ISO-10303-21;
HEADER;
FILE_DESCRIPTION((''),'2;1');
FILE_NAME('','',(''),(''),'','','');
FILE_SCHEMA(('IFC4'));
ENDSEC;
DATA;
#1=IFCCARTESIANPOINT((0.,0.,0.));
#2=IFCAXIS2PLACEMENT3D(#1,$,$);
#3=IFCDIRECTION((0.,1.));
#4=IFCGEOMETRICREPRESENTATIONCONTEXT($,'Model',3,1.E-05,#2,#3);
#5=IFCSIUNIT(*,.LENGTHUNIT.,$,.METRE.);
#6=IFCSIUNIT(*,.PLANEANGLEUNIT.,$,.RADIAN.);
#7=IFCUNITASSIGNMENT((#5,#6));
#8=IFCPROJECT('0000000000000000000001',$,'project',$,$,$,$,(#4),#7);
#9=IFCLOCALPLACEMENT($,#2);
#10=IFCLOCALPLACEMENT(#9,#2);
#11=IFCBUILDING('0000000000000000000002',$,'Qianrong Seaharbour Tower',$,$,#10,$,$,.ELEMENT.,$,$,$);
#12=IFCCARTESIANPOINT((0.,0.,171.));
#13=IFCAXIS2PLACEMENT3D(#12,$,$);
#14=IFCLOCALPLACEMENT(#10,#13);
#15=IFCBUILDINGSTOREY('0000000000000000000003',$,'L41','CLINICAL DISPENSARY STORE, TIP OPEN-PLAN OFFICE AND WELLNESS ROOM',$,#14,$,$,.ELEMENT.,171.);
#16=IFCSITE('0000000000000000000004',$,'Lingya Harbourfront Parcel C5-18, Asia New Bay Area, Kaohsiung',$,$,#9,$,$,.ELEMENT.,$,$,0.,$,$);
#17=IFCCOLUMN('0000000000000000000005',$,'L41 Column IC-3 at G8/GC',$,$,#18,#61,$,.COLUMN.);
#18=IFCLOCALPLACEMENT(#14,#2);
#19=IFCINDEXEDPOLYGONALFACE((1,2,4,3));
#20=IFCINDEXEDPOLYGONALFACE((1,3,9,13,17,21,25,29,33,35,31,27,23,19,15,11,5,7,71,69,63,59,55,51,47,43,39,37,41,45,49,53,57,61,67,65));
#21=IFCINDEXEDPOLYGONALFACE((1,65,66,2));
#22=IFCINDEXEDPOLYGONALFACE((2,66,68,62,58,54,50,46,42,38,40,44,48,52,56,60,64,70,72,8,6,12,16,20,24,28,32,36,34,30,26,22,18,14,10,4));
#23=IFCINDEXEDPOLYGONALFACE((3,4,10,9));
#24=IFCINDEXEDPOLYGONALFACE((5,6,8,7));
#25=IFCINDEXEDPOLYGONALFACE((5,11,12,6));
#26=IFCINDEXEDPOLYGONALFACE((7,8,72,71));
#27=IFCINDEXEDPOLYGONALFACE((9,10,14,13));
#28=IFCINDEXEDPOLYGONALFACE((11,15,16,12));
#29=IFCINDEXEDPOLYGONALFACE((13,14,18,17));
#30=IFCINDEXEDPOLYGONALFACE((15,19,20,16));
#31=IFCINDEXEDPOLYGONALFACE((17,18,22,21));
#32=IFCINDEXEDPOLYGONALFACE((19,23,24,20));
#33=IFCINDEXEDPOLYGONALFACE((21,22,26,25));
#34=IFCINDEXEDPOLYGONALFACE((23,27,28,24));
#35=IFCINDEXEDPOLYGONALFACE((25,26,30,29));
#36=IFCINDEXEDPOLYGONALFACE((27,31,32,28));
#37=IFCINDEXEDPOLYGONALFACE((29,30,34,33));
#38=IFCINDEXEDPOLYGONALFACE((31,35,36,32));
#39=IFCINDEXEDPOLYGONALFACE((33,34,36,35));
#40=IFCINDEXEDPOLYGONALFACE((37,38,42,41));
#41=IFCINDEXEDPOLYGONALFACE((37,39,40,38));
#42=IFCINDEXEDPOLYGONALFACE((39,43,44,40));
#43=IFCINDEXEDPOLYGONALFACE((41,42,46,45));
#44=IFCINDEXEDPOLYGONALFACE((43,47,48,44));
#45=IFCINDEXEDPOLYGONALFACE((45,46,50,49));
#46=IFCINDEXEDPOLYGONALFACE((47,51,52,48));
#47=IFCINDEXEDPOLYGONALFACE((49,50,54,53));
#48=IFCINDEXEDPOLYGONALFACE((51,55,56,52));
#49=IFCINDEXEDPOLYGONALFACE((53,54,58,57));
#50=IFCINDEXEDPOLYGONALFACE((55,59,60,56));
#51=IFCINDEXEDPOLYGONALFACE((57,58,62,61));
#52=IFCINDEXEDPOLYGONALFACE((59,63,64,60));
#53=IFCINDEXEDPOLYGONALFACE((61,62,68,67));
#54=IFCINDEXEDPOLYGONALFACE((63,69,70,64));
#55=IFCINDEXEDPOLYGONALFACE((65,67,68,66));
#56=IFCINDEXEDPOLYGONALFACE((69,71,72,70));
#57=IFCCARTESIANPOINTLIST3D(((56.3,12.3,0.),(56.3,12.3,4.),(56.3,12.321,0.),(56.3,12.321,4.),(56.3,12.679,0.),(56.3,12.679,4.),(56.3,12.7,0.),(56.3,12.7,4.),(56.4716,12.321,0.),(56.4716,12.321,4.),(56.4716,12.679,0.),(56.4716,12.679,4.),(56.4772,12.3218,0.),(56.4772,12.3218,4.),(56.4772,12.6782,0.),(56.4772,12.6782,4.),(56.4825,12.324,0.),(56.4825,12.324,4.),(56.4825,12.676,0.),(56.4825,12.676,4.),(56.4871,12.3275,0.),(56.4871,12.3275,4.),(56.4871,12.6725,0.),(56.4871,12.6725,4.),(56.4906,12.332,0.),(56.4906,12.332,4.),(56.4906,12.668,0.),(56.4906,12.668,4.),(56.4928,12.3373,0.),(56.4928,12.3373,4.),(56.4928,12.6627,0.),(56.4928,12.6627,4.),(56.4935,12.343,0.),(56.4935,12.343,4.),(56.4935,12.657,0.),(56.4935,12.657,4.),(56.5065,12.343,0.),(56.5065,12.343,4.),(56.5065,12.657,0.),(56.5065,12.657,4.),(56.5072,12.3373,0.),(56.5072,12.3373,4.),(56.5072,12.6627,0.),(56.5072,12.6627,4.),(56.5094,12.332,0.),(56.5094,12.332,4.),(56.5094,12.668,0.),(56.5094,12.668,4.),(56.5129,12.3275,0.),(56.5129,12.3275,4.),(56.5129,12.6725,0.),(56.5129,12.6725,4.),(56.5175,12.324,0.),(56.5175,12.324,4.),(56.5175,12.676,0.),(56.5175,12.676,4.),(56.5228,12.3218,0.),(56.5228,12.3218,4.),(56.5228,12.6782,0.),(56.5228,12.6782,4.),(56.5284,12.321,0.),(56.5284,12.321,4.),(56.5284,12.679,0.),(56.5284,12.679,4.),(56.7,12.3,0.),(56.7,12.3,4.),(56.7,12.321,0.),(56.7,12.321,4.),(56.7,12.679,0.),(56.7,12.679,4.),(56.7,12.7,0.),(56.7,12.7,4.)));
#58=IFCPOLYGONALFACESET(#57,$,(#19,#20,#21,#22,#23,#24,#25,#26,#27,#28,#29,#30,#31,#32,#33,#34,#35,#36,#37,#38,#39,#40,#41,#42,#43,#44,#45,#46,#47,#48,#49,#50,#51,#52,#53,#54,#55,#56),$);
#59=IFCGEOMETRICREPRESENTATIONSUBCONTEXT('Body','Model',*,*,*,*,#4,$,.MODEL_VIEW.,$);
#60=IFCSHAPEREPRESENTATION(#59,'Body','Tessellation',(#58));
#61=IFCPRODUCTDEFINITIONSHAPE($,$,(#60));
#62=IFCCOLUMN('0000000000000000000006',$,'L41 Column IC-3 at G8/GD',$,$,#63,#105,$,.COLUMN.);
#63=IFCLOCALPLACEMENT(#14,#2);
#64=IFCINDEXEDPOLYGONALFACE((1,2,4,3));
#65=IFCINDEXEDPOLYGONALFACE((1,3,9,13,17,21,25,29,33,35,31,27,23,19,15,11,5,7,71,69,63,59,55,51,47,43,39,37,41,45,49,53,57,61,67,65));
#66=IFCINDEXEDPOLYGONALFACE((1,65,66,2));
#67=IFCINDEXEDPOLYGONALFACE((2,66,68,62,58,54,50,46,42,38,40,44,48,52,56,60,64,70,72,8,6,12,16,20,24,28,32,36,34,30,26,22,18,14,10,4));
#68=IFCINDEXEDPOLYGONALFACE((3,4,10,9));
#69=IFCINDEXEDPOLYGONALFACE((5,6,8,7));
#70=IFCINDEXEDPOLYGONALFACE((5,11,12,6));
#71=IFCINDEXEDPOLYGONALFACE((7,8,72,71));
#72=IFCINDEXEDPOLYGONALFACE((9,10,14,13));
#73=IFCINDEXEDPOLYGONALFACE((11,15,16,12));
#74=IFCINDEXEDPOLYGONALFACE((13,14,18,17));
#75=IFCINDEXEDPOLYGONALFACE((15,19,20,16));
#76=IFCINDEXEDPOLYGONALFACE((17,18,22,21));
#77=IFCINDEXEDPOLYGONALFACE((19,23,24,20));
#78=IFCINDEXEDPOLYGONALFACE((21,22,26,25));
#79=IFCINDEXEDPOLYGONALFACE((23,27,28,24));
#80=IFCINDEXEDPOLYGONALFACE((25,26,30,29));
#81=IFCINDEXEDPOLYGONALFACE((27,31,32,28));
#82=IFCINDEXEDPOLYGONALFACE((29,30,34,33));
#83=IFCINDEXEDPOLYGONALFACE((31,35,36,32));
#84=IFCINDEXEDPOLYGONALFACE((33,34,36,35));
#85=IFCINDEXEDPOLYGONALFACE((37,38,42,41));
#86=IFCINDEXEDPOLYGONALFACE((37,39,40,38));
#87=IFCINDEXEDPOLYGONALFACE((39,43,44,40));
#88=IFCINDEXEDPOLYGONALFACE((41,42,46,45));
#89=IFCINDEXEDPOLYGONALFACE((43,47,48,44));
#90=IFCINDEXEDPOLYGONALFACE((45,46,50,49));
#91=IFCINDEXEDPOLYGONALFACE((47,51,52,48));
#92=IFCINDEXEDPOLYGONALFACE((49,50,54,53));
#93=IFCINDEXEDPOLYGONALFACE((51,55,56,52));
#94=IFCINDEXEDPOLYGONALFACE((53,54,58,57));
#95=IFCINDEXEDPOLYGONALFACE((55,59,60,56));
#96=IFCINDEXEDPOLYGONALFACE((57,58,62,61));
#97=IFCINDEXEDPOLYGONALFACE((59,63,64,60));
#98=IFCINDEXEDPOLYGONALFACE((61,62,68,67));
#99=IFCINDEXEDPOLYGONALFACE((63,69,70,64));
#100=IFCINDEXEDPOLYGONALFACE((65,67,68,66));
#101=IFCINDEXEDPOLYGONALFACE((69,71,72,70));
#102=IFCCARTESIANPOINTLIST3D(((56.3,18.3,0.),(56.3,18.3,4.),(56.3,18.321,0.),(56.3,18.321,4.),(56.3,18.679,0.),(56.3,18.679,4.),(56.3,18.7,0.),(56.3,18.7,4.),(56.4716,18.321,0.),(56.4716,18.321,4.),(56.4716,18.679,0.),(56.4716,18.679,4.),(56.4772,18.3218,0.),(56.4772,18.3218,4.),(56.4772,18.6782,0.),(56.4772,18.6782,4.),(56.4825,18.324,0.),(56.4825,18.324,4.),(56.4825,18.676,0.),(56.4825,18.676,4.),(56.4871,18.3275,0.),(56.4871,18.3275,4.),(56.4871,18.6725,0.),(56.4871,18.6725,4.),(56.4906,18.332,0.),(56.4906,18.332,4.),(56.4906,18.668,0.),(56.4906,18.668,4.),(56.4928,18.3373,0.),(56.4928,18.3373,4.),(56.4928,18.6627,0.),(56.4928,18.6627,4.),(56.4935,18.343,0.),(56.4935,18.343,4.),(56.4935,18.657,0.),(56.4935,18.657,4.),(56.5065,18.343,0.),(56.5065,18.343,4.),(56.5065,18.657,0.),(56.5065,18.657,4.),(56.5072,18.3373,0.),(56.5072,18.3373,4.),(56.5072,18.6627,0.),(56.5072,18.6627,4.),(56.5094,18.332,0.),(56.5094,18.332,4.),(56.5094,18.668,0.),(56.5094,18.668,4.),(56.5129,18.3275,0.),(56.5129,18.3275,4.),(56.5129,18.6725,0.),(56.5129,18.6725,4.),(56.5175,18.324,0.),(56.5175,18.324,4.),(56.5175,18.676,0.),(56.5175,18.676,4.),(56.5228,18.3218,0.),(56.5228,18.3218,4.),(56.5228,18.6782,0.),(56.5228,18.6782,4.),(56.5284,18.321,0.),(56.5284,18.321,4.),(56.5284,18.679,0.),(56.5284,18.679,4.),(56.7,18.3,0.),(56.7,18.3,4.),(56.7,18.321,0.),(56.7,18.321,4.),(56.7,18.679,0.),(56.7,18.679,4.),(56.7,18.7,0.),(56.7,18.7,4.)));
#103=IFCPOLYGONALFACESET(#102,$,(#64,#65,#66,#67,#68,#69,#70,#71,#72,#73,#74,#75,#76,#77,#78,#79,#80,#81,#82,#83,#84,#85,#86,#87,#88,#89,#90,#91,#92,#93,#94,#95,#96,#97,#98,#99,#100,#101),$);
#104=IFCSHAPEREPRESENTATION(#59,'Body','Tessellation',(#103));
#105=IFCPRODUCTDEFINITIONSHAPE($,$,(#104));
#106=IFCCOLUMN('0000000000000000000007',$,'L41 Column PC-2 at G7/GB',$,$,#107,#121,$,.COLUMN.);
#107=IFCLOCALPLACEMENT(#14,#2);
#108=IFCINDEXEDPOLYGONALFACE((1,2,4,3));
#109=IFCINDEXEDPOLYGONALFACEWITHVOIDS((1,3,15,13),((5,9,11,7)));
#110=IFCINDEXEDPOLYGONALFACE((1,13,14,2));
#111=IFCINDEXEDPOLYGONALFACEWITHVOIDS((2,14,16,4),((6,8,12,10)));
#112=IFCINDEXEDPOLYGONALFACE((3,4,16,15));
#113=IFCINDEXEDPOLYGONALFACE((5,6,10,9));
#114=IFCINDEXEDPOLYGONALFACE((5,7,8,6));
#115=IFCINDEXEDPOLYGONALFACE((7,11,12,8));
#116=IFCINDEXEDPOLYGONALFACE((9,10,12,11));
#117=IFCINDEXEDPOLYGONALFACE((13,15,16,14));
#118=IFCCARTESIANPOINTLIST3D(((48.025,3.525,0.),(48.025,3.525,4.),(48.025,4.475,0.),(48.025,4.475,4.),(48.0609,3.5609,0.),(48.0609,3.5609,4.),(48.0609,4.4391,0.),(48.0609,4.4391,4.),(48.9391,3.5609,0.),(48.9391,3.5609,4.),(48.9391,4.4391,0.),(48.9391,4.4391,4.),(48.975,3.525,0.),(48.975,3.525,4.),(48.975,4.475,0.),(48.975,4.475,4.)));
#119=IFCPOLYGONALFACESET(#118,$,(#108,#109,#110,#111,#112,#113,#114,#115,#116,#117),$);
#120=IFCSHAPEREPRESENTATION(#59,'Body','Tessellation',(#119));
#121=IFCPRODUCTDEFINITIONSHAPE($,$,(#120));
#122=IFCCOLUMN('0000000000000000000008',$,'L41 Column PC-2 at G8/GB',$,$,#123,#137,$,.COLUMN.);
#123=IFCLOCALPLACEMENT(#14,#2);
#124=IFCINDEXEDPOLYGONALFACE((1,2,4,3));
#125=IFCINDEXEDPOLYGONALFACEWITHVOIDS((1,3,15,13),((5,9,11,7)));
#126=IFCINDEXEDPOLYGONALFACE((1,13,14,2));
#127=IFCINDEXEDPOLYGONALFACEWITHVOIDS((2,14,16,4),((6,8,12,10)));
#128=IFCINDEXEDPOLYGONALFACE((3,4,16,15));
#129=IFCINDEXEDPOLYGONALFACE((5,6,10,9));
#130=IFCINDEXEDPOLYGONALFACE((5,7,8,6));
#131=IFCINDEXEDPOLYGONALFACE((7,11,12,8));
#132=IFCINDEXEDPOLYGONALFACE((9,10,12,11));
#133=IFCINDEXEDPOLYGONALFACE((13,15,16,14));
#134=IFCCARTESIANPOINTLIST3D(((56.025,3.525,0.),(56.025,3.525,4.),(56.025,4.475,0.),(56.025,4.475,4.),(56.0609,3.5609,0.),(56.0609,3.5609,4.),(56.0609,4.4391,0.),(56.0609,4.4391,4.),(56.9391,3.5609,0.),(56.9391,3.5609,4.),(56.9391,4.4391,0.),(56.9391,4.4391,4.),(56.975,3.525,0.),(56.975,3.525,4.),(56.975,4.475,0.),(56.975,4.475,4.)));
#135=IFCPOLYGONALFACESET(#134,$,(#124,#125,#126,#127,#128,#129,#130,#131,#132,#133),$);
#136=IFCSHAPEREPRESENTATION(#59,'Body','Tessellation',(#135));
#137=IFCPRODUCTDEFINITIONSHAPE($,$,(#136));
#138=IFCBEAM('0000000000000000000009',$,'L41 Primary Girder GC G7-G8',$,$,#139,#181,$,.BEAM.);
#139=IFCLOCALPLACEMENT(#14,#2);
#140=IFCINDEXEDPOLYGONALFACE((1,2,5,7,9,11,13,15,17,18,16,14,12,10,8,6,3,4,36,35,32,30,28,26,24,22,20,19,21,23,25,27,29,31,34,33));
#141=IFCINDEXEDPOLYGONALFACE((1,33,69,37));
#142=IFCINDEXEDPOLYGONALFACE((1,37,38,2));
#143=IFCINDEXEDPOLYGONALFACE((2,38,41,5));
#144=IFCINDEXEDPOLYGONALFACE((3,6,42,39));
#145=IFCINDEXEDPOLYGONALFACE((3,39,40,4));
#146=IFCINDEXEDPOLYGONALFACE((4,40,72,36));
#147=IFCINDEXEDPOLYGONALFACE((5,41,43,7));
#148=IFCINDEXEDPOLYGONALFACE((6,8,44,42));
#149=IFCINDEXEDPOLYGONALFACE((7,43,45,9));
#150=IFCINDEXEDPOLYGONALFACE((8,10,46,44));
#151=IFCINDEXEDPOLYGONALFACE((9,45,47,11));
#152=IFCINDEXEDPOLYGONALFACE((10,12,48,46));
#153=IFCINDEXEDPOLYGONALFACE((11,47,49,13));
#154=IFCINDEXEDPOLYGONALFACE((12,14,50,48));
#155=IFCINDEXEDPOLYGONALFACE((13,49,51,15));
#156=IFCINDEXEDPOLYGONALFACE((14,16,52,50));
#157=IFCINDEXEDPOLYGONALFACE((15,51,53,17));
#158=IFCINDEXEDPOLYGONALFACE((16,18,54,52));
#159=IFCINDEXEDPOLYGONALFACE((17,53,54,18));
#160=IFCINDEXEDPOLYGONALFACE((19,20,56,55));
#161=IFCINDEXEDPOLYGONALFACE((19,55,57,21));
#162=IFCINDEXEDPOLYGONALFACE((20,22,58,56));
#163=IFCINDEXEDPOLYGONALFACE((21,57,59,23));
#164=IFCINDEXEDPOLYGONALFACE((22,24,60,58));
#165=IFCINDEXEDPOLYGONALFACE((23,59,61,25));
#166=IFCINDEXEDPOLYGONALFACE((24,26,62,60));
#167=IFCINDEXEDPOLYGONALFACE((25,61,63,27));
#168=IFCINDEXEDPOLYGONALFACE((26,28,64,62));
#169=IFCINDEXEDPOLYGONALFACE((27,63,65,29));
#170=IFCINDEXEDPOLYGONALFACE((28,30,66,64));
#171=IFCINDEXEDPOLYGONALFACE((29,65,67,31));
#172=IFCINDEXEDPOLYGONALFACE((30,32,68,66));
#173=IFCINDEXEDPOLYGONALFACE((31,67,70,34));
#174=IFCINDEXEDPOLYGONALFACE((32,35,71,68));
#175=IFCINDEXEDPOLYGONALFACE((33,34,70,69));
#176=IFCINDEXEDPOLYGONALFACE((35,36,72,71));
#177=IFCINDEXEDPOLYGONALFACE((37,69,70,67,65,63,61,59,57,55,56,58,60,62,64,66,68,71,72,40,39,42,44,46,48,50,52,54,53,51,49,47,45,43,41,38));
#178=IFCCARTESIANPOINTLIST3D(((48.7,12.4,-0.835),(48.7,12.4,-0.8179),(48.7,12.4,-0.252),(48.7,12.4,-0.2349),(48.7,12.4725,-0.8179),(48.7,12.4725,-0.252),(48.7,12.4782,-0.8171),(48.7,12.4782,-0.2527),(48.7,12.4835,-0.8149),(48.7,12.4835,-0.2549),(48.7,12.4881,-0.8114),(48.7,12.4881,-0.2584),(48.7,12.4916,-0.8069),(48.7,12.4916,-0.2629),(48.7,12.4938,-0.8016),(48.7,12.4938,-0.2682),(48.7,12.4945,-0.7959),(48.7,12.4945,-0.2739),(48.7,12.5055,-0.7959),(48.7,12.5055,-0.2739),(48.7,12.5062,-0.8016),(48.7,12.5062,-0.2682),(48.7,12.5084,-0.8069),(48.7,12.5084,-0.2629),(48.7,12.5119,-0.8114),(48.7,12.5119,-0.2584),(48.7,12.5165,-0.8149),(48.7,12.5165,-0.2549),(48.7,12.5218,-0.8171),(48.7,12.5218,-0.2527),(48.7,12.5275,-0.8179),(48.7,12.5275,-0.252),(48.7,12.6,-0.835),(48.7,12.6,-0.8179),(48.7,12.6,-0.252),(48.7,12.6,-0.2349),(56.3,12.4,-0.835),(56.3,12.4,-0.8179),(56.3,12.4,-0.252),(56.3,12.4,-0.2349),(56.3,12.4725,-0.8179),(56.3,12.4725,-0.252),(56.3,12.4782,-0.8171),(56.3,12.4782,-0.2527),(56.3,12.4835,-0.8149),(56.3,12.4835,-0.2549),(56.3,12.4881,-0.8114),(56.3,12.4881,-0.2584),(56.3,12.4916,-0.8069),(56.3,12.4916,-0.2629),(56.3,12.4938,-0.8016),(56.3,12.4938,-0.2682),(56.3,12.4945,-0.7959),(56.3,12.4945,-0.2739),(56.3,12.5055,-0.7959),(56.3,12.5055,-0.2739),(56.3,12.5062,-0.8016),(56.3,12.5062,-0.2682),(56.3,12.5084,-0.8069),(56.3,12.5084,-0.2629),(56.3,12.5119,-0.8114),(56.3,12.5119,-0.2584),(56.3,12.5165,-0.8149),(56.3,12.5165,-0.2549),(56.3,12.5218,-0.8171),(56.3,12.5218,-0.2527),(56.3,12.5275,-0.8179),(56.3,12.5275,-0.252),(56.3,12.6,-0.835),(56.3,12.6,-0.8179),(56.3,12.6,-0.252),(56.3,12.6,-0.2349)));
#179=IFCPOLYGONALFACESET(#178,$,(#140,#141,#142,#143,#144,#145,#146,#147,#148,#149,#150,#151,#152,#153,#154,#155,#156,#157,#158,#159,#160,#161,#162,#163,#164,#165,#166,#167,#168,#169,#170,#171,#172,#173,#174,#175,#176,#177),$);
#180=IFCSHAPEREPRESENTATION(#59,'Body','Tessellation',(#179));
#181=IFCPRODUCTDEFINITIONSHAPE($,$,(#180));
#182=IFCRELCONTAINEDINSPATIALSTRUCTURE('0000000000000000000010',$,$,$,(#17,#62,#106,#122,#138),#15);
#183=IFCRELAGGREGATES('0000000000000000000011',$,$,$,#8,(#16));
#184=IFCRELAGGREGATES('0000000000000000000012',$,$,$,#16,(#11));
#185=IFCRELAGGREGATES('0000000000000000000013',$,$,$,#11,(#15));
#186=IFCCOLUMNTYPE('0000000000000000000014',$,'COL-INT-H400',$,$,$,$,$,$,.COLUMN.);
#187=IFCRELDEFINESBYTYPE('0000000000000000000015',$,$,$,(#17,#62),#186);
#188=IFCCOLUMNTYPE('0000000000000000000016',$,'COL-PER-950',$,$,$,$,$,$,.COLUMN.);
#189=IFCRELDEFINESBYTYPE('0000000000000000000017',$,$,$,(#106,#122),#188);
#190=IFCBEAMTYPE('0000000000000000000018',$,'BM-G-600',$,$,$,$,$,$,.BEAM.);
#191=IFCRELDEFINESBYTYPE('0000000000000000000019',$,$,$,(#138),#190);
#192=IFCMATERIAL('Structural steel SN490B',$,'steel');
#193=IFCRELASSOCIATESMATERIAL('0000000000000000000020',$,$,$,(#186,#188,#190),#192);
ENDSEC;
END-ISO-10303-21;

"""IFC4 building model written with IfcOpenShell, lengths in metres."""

from ifc_helpers import new_model, si_unit, direction, frame, origin, origin_2d, place, context, subcontext, project, spatial, hollow_rectangle, i_section, extrude, material, material_profile, profile_set, type_object, element, save


model = new_model("IFC4")

# Units and contexts
model_context = context("Model", 3, precision=1e-05, world=origin(), true_north=direction((0.0, 1.0)))
body_context = subcontext(model_context, "Body", "Model", "MODEL_VIEW")
ifc_project = project(units=[si_unit("LENGTHUNIT", "METRE"), si_unit("PLANEANGLEUNIT", "RADIAN")], contexts=[model_context])

# Site, building, storey
site_placement = place(None, origin())
site = spatial("IfcSite", under=ifc_project, at=site_placement, Name="Lingya Harbourfront Parcel C5-18, Asia New Bay Area, Kaohsiung", CompositionType="ELEMENT", RefElevation=0.0)
building_placement = place(site_placement, origin())
building = spatial("IfcBuilding", under=site, at=building_placement, Name="Qianrong Seaharbour Tower", CompositionType="ELEMENT")
storey_placement = place(building_placement, frame((0.0, 0.0, 171.0)))
storey = spatial("IfcBuildingStorey", under=building, at=storey_placement, Name="L41", Description="CLINICAL DISPENSARY STORE, TIP OPEN-PLAN OFFICE AND WELLNESS ROOM", CompositionType="ELEMENT", Elevation=171.0)

# Columns
ifc_material_1 = material(Name="Structural steel SN490B", Category="steel")
ifc_material_profile_1 = material_profile(ifc_material_1, i_section(OverallWidth=0.3999, OverallDepth=0.3999, WebThickness=0.0129, FlangeThickness=0.021, FilletRadius=0.022, at=origin_2d()), Name="H400x400x13x21")
ifc_profile_set_1 = profile_set([ifc_material_profile_1], Name="Structural steel SN490B")
column_type_1 = type_object("IfcColumnType", Name="COL-INT-H400", PredefinedType="COLUMN", material=ifc_profile_set_1)
for number, where, z_axis, x_axis, name in (
    (1, (56.5, 12.5, 0.0), (0.0, 0.0, 1.0), (1.0, 0.0, 0.0), "L41 Column IC-3 at G8/GC"),
    (2, (56.5, 18.5, 0.0), (0.0, 0.0, 1.0), (1.0, 0.0, 0.0), "L41 Column IC-3 at G8/GD"),
):
    element("IfcColumn", number, at=place(storey_placement, frame(where, z_axis=z_axis, x_axis=x_axis)), inside=storey, type_object=column_type_1, Name=name, PredefinedType="COLUMN", context=body_context, shape_type="SweptSolid", body=[
        extrude(i_section(OverallWidth=0.3999, OverallDepth=0.3999, WebThickness=0.0129, FlangeThickness=0.021, FilletRadius=0.022, at=origin_2d()), origin(), (0.0, 0.0, 1.0), 4.0),
    ])
ifc_material_profile_2 = material_profile(ifc_material_1, hollow_rectangle(XDim=0.95, YDim=0.95, WallThickness=0.0359, at=origin_2d()), Name="BOX950x950x36")
ifc_profile_set_2 = profile_set([ifc_material_profile_2], Name="Structural steel SN490B")
column_type_2 = type_object("IfcColumnType", Name="COL-PER-950", PredefinedType="COLUMN", material=ifc_profile_set_2)
for number, where, z_axis, x_axis, name in (
    (3, (48.5, 4.0, 0.0), (0.0, 0.0, 1.0), (1.0, 0.0, 0.0), "L41 Column PC-2 at G7/GB"),
    (4, (56.5, 4.0, 0.0), (0.0, 0.0, 1.0), (1.0, 0.0, 0.0), "L41 Column PC-2 at G8/GB"),
):
    element("IfcColumn", number, at=place(storey_placement, frame(where, z_axis=z_axis, x_axis=x_axis)), inside=storey, type_object=column_type_2, Name=name, PredefinedType="COLUMN", context=body_context, shape_type="SweptSolid", body=[
        extrude(hollow_rectangle(XDim=0.95, YDim=0.95, WallThickness=0.0359, at=origin_2d()), origin(), (0.0, 0.0, 1.0), 4.0),
    ])

# Beam
ifc_material_profile_3 = material_profile(ifc_material_1, i_section(OverallWidth=0.2, OverallDepth=0.6001, WebThickness=0.011, FlangeThickness=0.0171, FilletRadius=0.022, at=origin_2d()), Name="H600x200x11x17")
ifc_profile_set_3 = profile_set([ifc_material_profile_3], Name="Structural steel SN490B")
beam_type_1 = type_object("IfcBeamType", Name="BM-G-600", PredefinedType="BEAM", material=ifc_profile_set_3)
beam_1_placement = place(storey_placement, frame((48.7, 12.5, -0.5349), z_axis=(1.0, 0.0, 0.0), x_axis=(0.0, 1.0, 0.0)))
element("IfcBeam", 5, at=beam_1_placement, inside=storey, type_object=beam_type_1, Name="L41 Primary Girder GC G7-G8", PredefinedType="BEAM", context=body_context, shape_type="SweptSolid", body=[
    extrude(i_section(OverallWidth=0.2, OverallDepth=0.6001, WebThickness=0.011, FlangeThickness=0.0171, FilletRadius=0.022, at=origin_2d()), origin(), (0.0, 0.0, 1.0), 7.6001),
])

save(model, "model.ifc")
